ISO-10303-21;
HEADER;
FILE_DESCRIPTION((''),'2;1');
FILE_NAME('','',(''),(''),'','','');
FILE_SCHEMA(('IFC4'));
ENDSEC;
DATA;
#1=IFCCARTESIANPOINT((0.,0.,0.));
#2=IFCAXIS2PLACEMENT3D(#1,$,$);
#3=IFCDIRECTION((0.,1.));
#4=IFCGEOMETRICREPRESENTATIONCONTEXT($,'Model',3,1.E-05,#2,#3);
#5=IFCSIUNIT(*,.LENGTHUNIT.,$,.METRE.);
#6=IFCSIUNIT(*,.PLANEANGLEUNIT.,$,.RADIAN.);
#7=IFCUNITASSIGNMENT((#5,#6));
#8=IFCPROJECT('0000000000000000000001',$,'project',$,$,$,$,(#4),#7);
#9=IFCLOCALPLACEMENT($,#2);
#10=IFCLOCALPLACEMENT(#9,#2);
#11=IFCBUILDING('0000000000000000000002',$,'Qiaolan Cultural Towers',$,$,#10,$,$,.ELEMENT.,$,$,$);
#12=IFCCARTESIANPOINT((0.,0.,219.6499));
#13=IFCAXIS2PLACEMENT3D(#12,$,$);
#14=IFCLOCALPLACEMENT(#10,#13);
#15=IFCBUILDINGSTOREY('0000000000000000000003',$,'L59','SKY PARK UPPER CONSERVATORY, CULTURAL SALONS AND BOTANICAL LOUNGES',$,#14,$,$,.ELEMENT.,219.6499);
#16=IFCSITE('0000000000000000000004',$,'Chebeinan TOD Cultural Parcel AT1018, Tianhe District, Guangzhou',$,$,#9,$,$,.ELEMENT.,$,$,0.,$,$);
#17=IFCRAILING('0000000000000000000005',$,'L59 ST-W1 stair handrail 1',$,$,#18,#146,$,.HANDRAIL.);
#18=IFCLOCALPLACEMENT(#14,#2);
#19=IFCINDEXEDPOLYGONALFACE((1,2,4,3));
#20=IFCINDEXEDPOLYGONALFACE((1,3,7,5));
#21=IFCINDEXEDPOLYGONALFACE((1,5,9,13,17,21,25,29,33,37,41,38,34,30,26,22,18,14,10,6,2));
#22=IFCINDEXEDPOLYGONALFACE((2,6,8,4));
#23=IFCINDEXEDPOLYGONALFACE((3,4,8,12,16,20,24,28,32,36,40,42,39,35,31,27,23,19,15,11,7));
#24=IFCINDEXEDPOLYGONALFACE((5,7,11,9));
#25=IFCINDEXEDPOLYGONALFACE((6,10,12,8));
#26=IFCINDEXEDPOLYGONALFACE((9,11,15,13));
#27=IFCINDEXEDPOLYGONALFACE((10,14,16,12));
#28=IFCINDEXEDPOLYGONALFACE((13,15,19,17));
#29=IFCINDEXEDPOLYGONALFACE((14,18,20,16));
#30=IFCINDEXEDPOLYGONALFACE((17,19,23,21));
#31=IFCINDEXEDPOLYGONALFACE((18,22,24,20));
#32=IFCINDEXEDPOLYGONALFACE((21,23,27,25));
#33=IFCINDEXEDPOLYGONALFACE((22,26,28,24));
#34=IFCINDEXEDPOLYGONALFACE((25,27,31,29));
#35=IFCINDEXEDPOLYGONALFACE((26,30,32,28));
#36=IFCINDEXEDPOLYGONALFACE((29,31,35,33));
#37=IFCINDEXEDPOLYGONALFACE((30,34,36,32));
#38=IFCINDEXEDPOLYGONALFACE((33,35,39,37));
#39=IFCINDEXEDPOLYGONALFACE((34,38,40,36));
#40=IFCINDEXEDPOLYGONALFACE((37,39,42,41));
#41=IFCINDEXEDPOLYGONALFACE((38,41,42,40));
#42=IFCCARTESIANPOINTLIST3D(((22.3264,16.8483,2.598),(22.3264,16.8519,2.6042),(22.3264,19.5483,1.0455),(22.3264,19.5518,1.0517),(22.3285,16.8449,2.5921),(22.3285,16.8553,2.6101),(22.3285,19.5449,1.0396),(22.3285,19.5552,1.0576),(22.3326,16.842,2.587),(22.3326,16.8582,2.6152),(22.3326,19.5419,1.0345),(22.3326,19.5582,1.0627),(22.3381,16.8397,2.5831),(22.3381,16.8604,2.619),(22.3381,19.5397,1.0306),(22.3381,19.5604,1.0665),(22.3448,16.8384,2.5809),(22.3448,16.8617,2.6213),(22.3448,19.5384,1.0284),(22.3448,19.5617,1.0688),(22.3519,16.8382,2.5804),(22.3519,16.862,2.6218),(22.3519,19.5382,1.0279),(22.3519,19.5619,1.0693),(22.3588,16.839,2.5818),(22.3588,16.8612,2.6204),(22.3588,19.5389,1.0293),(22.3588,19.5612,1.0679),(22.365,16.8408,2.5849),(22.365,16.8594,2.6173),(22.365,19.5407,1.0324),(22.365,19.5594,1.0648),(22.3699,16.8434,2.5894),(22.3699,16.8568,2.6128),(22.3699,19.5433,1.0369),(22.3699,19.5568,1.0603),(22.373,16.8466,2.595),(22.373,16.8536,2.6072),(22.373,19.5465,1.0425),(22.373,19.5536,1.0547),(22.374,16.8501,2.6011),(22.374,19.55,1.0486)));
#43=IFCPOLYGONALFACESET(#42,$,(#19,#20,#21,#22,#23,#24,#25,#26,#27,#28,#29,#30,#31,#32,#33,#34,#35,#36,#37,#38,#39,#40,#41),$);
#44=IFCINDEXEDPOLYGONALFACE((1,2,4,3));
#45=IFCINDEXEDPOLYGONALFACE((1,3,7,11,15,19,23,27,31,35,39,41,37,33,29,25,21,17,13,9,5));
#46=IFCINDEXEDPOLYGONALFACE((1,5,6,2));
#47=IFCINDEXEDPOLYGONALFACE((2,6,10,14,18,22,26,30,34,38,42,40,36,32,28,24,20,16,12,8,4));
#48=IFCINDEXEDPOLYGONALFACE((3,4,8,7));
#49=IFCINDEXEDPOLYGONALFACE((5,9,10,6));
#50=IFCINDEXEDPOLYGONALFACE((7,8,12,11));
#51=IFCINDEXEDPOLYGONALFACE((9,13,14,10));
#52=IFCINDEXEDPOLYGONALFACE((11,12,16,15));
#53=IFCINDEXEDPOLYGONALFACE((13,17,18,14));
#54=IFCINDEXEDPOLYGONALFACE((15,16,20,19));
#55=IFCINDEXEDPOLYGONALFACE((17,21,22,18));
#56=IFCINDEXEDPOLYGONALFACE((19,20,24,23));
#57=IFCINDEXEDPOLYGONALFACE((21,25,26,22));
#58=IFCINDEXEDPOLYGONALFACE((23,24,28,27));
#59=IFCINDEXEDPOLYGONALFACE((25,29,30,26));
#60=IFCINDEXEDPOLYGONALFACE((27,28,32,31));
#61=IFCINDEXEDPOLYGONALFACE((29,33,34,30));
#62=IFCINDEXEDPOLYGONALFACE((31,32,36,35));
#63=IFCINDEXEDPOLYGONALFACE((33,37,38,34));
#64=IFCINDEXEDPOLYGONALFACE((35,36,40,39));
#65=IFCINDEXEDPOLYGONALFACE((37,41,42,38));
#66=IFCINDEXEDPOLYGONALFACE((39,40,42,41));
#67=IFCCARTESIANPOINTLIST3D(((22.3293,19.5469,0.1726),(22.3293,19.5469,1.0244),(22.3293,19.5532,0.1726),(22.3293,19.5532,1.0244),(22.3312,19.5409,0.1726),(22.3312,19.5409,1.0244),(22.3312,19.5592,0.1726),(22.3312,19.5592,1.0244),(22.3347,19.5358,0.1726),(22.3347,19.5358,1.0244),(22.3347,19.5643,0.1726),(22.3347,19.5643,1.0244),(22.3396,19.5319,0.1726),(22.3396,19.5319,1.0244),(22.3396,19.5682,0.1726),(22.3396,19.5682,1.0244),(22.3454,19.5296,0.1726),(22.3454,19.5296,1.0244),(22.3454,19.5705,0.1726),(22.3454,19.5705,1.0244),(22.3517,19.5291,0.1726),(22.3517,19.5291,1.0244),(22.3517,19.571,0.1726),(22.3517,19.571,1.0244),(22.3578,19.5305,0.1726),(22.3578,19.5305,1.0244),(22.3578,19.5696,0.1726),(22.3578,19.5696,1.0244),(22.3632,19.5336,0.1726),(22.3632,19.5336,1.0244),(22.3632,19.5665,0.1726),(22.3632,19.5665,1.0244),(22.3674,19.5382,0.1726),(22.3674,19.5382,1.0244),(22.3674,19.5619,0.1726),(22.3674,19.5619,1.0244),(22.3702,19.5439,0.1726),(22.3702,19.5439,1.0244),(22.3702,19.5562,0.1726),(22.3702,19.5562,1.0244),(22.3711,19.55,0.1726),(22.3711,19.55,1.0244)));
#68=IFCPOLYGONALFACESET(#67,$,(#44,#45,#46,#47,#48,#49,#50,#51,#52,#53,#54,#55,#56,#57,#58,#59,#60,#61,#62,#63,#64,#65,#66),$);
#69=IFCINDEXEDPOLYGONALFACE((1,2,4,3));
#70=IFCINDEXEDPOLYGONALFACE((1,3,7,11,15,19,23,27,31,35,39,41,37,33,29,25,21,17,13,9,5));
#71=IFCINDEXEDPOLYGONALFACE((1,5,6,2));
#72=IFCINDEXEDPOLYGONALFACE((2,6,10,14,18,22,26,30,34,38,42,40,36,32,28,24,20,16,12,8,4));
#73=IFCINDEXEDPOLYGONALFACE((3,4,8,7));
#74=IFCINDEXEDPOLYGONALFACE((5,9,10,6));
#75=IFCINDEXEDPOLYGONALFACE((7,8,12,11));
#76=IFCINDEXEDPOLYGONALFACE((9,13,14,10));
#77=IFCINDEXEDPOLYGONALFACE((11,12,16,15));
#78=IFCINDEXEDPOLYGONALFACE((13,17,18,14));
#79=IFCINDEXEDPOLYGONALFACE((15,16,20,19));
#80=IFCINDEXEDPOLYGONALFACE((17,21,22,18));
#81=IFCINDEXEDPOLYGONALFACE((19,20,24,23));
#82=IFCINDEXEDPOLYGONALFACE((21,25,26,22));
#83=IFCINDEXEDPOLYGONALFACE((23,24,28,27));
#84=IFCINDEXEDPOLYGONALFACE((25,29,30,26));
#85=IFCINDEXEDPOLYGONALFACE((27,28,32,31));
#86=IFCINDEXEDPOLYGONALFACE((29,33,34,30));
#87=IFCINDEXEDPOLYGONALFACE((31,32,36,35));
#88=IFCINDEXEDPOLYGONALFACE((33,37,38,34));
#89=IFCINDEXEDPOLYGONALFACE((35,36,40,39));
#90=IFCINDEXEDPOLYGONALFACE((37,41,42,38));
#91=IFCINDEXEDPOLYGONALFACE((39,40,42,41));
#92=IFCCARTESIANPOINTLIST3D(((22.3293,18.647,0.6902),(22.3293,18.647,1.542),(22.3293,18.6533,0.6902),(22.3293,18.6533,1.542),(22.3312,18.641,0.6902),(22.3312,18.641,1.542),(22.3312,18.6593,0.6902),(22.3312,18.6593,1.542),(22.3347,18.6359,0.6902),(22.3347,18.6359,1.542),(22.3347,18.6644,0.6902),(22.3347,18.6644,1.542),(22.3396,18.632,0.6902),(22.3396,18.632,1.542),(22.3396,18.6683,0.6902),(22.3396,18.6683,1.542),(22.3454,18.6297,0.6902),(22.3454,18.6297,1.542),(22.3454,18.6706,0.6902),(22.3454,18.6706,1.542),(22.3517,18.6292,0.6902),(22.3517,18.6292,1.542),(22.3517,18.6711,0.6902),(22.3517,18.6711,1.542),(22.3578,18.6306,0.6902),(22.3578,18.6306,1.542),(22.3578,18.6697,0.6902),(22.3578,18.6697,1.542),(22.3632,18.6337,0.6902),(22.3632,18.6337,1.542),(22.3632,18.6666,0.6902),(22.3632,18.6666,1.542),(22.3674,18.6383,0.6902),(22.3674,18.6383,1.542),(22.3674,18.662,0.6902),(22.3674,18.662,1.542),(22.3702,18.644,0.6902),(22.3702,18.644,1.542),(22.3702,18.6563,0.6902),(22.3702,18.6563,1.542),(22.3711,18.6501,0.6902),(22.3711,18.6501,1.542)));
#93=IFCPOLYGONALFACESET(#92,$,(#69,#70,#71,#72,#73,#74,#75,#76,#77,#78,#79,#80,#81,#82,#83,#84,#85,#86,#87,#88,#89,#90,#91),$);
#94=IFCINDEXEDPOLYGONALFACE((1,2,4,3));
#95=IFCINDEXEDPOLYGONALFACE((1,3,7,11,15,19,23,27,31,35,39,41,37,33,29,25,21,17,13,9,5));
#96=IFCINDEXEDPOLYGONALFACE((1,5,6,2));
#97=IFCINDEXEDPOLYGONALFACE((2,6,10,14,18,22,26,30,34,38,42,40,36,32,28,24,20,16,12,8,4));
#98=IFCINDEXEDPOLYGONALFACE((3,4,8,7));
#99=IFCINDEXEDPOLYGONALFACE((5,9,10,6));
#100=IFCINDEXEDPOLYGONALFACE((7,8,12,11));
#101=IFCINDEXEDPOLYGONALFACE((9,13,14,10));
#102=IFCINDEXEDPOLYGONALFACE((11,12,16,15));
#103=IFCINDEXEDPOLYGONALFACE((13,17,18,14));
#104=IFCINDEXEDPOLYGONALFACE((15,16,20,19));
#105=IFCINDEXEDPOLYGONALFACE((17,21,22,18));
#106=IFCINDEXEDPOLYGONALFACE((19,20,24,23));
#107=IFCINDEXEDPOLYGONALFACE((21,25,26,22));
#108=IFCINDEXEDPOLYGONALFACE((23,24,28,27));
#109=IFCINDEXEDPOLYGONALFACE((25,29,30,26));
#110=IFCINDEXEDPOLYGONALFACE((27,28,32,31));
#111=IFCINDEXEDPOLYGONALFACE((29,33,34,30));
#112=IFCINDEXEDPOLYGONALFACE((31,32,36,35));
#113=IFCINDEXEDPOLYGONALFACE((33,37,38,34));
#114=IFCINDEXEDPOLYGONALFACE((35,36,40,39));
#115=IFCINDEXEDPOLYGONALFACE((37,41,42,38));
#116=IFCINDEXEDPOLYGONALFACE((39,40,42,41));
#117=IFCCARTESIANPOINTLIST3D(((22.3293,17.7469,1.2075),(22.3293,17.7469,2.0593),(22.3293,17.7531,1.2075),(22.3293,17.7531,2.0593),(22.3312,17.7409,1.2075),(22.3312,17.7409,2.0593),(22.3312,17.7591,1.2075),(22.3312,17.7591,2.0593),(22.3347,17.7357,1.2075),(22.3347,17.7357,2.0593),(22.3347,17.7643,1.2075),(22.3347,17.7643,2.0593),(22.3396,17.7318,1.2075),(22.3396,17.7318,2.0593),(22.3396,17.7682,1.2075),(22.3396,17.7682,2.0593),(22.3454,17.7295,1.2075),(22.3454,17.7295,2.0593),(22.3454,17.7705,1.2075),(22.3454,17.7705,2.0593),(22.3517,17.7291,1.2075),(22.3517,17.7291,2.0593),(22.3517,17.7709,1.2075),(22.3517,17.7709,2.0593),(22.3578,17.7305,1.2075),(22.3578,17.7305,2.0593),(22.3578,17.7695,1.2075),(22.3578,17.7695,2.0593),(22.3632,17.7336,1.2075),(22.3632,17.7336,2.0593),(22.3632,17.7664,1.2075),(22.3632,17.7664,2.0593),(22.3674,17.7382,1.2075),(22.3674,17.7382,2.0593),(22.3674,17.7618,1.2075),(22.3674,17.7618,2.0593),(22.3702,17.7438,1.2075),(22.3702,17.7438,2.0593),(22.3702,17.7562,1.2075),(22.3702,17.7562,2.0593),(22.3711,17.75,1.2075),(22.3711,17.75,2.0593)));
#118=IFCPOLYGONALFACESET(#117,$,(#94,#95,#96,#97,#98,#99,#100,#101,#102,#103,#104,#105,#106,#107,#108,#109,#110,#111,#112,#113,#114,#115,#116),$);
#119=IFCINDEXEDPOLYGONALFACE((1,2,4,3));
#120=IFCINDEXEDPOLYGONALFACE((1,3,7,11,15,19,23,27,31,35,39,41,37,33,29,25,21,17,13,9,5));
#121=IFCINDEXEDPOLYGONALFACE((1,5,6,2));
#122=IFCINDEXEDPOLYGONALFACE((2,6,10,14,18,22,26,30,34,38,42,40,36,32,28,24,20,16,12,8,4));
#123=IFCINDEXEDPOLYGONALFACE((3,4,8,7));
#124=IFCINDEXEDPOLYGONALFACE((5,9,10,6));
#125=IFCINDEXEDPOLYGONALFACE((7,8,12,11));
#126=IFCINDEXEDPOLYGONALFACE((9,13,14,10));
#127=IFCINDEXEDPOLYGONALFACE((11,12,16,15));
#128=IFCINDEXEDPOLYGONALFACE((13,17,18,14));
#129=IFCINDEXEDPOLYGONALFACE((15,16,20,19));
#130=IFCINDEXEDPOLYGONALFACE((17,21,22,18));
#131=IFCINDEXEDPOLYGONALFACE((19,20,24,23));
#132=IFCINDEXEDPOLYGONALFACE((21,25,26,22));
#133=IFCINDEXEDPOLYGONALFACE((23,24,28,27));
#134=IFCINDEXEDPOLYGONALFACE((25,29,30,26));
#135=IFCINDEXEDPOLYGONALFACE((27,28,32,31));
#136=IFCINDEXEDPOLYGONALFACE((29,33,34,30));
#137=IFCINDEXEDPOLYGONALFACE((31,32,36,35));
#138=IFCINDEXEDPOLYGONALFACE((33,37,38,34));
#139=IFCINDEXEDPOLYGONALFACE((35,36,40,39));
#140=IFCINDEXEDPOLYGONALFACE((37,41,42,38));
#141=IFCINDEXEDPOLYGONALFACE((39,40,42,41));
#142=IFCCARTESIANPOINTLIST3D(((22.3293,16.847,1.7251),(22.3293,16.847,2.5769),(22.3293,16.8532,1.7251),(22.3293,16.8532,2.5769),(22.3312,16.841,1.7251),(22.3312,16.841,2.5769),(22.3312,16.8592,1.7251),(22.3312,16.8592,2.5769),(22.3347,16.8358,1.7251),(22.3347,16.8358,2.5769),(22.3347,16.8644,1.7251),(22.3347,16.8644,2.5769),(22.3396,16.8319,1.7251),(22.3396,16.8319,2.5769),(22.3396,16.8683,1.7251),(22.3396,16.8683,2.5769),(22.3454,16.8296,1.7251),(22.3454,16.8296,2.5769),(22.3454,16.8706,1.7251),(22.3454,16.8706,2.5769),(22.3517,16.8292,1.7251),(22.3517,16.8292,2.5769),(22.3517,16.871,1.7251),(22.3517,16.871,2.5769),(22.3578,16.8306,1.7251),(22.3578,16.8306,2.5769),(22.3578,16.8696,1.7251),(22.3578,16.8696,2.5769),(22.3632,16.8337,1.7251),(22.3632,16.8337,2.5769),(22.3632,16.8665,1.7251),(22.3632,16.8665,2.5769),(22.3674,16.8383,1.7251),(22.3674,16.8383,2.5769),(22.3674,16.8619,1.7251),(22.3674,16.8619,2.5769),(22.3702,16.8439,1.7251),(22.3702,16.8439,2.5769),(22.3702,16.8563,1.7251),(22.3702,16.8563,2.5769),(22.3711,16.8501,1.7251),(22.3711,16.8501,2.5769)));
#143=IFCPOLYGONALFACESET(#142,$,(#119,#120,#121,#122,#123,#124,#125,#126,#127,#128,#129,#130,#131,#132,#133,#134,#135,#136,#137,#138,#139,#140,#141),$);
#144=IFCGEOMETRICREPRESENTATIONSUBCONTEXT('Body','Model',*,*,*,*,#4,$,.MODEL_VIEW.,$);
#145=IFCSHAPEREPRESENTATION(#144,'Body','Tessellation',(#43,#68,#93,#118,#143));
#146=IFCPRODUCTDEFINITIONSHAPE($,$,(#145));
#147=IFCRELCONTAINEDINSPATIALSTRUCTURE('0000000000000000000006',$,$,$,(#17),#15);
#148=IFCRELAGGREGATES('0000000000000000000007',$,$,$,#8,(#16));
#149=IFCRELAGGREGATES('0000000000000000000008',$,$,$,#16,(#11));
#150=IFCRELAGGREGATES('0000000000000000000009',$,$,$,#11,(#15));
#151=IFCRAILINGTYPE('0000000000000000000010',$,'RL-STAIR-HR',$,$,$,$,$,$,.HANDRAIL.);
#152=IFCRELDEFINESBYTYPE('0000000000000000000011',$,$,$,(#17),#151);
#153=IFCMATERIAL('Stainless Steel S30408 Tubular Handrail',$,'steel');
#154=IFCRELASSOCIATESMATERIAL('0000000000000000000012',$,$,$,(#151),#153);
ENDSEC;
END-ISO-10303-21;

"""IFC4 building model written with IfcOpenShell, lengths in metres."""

from ifc_helpers import new_model, si_unit, direction, frame, origin, origin_2d, place, context, subcontext, project, spatial, circle, extrude, material, type_object, element, save


model = new_model("IFC4")

# Units and contexts
model_context = context("Model", 3, precision=1e-05, world=origin(), true_north=direction((0.0, 1.0)))
body_context = subcontext(model_context, "Body", "Model", "MODEL_VIEW")
ifc_project = project(units=[si_unit("LENGTHUNIT", "METRE"), si_unit("PLANEANGLEUNIT", "RADIAN")], contexts=[model_context])

# Site, building, storey
site_placement = place(None, origin())
site = spatial("IfcSite", under=ifc_project, at=site_placement, Name="Chebeinan TOD Cultural Parcel AT1018, Tianhe District, Guangzhou", CompositionType="ELEMENT", RefElevation=0.0)
building_placement = place(site_placement, origin())
building = spatial("IfcBuilding", under=site, at=building_placement, Name="Qiaolan Cultural Towers", CompositionType="ELEMENT")
storey_placement = place(building_placement, frame((0.0, 0.0, 219.6499)))
storey = spatial("IfcBuildingStorey", under=building, at=storey_placement, Name="L59", Description="SKY PARK UPPER CONSERVATORY, CULTURAL SALONS AND BOTANICAL LOUNGES", CompositionType="ELEMENT", Elevation=219.6499)

# Railing
ifc_material_1 = material(Name="Stainless Steel S30408 Tubular Handrail", Category="steel")
railing_type_1 = type_object("IfcRailingType", Name="RL-STAIR-HR", PredefinedType="HANDRAIL", material=ifc_material_1)
railing_1_placement = place(storey_placement, frame((22.3501, 19.55, 0.1726)))
element("IfcRailing", 1, at=railing_1_placement, inside=storey, type_object=railing_type_1, Name="L59 ST-W1 stair handrail 1", PredefinedType="HANDRAIL", context=body_context, shape_type="SweptSolid", body=[
    extrude(circle(Radius=0.0239, at=origin_2d()), frame((0.0, 0.0, 0.876), z_axis=(0.0, -0.866904, 0.498476), x_axis=(1.0, 0.0, 0.0)), (0.0, 0.0, 1.0), 3.1145),
    extrude(circle(Radius=0.021, at=origin_2d()), origin(), (0.0, 0.0, 1.0), 0.8518),
    extrude(circle(Radius=0.021, at=origin_2d()), frame((0.0, -0.8999, 0.5176)), (0.0, 0.0, 1.0), 0.8518),
    extrude(circle(Radius=0.021, at=origin_2d()), frame((0.0, -1.8, 1.0349)), (0.0, 0.0, 1.0), 0.8518),
    extrude(circle(Radius=0.021, at=origin_2d()), frame((0.0, -2.7, 1.5525)), (0.0, 0.0, 1.0), 0.8518),
])

save(model, "model.ifc")
